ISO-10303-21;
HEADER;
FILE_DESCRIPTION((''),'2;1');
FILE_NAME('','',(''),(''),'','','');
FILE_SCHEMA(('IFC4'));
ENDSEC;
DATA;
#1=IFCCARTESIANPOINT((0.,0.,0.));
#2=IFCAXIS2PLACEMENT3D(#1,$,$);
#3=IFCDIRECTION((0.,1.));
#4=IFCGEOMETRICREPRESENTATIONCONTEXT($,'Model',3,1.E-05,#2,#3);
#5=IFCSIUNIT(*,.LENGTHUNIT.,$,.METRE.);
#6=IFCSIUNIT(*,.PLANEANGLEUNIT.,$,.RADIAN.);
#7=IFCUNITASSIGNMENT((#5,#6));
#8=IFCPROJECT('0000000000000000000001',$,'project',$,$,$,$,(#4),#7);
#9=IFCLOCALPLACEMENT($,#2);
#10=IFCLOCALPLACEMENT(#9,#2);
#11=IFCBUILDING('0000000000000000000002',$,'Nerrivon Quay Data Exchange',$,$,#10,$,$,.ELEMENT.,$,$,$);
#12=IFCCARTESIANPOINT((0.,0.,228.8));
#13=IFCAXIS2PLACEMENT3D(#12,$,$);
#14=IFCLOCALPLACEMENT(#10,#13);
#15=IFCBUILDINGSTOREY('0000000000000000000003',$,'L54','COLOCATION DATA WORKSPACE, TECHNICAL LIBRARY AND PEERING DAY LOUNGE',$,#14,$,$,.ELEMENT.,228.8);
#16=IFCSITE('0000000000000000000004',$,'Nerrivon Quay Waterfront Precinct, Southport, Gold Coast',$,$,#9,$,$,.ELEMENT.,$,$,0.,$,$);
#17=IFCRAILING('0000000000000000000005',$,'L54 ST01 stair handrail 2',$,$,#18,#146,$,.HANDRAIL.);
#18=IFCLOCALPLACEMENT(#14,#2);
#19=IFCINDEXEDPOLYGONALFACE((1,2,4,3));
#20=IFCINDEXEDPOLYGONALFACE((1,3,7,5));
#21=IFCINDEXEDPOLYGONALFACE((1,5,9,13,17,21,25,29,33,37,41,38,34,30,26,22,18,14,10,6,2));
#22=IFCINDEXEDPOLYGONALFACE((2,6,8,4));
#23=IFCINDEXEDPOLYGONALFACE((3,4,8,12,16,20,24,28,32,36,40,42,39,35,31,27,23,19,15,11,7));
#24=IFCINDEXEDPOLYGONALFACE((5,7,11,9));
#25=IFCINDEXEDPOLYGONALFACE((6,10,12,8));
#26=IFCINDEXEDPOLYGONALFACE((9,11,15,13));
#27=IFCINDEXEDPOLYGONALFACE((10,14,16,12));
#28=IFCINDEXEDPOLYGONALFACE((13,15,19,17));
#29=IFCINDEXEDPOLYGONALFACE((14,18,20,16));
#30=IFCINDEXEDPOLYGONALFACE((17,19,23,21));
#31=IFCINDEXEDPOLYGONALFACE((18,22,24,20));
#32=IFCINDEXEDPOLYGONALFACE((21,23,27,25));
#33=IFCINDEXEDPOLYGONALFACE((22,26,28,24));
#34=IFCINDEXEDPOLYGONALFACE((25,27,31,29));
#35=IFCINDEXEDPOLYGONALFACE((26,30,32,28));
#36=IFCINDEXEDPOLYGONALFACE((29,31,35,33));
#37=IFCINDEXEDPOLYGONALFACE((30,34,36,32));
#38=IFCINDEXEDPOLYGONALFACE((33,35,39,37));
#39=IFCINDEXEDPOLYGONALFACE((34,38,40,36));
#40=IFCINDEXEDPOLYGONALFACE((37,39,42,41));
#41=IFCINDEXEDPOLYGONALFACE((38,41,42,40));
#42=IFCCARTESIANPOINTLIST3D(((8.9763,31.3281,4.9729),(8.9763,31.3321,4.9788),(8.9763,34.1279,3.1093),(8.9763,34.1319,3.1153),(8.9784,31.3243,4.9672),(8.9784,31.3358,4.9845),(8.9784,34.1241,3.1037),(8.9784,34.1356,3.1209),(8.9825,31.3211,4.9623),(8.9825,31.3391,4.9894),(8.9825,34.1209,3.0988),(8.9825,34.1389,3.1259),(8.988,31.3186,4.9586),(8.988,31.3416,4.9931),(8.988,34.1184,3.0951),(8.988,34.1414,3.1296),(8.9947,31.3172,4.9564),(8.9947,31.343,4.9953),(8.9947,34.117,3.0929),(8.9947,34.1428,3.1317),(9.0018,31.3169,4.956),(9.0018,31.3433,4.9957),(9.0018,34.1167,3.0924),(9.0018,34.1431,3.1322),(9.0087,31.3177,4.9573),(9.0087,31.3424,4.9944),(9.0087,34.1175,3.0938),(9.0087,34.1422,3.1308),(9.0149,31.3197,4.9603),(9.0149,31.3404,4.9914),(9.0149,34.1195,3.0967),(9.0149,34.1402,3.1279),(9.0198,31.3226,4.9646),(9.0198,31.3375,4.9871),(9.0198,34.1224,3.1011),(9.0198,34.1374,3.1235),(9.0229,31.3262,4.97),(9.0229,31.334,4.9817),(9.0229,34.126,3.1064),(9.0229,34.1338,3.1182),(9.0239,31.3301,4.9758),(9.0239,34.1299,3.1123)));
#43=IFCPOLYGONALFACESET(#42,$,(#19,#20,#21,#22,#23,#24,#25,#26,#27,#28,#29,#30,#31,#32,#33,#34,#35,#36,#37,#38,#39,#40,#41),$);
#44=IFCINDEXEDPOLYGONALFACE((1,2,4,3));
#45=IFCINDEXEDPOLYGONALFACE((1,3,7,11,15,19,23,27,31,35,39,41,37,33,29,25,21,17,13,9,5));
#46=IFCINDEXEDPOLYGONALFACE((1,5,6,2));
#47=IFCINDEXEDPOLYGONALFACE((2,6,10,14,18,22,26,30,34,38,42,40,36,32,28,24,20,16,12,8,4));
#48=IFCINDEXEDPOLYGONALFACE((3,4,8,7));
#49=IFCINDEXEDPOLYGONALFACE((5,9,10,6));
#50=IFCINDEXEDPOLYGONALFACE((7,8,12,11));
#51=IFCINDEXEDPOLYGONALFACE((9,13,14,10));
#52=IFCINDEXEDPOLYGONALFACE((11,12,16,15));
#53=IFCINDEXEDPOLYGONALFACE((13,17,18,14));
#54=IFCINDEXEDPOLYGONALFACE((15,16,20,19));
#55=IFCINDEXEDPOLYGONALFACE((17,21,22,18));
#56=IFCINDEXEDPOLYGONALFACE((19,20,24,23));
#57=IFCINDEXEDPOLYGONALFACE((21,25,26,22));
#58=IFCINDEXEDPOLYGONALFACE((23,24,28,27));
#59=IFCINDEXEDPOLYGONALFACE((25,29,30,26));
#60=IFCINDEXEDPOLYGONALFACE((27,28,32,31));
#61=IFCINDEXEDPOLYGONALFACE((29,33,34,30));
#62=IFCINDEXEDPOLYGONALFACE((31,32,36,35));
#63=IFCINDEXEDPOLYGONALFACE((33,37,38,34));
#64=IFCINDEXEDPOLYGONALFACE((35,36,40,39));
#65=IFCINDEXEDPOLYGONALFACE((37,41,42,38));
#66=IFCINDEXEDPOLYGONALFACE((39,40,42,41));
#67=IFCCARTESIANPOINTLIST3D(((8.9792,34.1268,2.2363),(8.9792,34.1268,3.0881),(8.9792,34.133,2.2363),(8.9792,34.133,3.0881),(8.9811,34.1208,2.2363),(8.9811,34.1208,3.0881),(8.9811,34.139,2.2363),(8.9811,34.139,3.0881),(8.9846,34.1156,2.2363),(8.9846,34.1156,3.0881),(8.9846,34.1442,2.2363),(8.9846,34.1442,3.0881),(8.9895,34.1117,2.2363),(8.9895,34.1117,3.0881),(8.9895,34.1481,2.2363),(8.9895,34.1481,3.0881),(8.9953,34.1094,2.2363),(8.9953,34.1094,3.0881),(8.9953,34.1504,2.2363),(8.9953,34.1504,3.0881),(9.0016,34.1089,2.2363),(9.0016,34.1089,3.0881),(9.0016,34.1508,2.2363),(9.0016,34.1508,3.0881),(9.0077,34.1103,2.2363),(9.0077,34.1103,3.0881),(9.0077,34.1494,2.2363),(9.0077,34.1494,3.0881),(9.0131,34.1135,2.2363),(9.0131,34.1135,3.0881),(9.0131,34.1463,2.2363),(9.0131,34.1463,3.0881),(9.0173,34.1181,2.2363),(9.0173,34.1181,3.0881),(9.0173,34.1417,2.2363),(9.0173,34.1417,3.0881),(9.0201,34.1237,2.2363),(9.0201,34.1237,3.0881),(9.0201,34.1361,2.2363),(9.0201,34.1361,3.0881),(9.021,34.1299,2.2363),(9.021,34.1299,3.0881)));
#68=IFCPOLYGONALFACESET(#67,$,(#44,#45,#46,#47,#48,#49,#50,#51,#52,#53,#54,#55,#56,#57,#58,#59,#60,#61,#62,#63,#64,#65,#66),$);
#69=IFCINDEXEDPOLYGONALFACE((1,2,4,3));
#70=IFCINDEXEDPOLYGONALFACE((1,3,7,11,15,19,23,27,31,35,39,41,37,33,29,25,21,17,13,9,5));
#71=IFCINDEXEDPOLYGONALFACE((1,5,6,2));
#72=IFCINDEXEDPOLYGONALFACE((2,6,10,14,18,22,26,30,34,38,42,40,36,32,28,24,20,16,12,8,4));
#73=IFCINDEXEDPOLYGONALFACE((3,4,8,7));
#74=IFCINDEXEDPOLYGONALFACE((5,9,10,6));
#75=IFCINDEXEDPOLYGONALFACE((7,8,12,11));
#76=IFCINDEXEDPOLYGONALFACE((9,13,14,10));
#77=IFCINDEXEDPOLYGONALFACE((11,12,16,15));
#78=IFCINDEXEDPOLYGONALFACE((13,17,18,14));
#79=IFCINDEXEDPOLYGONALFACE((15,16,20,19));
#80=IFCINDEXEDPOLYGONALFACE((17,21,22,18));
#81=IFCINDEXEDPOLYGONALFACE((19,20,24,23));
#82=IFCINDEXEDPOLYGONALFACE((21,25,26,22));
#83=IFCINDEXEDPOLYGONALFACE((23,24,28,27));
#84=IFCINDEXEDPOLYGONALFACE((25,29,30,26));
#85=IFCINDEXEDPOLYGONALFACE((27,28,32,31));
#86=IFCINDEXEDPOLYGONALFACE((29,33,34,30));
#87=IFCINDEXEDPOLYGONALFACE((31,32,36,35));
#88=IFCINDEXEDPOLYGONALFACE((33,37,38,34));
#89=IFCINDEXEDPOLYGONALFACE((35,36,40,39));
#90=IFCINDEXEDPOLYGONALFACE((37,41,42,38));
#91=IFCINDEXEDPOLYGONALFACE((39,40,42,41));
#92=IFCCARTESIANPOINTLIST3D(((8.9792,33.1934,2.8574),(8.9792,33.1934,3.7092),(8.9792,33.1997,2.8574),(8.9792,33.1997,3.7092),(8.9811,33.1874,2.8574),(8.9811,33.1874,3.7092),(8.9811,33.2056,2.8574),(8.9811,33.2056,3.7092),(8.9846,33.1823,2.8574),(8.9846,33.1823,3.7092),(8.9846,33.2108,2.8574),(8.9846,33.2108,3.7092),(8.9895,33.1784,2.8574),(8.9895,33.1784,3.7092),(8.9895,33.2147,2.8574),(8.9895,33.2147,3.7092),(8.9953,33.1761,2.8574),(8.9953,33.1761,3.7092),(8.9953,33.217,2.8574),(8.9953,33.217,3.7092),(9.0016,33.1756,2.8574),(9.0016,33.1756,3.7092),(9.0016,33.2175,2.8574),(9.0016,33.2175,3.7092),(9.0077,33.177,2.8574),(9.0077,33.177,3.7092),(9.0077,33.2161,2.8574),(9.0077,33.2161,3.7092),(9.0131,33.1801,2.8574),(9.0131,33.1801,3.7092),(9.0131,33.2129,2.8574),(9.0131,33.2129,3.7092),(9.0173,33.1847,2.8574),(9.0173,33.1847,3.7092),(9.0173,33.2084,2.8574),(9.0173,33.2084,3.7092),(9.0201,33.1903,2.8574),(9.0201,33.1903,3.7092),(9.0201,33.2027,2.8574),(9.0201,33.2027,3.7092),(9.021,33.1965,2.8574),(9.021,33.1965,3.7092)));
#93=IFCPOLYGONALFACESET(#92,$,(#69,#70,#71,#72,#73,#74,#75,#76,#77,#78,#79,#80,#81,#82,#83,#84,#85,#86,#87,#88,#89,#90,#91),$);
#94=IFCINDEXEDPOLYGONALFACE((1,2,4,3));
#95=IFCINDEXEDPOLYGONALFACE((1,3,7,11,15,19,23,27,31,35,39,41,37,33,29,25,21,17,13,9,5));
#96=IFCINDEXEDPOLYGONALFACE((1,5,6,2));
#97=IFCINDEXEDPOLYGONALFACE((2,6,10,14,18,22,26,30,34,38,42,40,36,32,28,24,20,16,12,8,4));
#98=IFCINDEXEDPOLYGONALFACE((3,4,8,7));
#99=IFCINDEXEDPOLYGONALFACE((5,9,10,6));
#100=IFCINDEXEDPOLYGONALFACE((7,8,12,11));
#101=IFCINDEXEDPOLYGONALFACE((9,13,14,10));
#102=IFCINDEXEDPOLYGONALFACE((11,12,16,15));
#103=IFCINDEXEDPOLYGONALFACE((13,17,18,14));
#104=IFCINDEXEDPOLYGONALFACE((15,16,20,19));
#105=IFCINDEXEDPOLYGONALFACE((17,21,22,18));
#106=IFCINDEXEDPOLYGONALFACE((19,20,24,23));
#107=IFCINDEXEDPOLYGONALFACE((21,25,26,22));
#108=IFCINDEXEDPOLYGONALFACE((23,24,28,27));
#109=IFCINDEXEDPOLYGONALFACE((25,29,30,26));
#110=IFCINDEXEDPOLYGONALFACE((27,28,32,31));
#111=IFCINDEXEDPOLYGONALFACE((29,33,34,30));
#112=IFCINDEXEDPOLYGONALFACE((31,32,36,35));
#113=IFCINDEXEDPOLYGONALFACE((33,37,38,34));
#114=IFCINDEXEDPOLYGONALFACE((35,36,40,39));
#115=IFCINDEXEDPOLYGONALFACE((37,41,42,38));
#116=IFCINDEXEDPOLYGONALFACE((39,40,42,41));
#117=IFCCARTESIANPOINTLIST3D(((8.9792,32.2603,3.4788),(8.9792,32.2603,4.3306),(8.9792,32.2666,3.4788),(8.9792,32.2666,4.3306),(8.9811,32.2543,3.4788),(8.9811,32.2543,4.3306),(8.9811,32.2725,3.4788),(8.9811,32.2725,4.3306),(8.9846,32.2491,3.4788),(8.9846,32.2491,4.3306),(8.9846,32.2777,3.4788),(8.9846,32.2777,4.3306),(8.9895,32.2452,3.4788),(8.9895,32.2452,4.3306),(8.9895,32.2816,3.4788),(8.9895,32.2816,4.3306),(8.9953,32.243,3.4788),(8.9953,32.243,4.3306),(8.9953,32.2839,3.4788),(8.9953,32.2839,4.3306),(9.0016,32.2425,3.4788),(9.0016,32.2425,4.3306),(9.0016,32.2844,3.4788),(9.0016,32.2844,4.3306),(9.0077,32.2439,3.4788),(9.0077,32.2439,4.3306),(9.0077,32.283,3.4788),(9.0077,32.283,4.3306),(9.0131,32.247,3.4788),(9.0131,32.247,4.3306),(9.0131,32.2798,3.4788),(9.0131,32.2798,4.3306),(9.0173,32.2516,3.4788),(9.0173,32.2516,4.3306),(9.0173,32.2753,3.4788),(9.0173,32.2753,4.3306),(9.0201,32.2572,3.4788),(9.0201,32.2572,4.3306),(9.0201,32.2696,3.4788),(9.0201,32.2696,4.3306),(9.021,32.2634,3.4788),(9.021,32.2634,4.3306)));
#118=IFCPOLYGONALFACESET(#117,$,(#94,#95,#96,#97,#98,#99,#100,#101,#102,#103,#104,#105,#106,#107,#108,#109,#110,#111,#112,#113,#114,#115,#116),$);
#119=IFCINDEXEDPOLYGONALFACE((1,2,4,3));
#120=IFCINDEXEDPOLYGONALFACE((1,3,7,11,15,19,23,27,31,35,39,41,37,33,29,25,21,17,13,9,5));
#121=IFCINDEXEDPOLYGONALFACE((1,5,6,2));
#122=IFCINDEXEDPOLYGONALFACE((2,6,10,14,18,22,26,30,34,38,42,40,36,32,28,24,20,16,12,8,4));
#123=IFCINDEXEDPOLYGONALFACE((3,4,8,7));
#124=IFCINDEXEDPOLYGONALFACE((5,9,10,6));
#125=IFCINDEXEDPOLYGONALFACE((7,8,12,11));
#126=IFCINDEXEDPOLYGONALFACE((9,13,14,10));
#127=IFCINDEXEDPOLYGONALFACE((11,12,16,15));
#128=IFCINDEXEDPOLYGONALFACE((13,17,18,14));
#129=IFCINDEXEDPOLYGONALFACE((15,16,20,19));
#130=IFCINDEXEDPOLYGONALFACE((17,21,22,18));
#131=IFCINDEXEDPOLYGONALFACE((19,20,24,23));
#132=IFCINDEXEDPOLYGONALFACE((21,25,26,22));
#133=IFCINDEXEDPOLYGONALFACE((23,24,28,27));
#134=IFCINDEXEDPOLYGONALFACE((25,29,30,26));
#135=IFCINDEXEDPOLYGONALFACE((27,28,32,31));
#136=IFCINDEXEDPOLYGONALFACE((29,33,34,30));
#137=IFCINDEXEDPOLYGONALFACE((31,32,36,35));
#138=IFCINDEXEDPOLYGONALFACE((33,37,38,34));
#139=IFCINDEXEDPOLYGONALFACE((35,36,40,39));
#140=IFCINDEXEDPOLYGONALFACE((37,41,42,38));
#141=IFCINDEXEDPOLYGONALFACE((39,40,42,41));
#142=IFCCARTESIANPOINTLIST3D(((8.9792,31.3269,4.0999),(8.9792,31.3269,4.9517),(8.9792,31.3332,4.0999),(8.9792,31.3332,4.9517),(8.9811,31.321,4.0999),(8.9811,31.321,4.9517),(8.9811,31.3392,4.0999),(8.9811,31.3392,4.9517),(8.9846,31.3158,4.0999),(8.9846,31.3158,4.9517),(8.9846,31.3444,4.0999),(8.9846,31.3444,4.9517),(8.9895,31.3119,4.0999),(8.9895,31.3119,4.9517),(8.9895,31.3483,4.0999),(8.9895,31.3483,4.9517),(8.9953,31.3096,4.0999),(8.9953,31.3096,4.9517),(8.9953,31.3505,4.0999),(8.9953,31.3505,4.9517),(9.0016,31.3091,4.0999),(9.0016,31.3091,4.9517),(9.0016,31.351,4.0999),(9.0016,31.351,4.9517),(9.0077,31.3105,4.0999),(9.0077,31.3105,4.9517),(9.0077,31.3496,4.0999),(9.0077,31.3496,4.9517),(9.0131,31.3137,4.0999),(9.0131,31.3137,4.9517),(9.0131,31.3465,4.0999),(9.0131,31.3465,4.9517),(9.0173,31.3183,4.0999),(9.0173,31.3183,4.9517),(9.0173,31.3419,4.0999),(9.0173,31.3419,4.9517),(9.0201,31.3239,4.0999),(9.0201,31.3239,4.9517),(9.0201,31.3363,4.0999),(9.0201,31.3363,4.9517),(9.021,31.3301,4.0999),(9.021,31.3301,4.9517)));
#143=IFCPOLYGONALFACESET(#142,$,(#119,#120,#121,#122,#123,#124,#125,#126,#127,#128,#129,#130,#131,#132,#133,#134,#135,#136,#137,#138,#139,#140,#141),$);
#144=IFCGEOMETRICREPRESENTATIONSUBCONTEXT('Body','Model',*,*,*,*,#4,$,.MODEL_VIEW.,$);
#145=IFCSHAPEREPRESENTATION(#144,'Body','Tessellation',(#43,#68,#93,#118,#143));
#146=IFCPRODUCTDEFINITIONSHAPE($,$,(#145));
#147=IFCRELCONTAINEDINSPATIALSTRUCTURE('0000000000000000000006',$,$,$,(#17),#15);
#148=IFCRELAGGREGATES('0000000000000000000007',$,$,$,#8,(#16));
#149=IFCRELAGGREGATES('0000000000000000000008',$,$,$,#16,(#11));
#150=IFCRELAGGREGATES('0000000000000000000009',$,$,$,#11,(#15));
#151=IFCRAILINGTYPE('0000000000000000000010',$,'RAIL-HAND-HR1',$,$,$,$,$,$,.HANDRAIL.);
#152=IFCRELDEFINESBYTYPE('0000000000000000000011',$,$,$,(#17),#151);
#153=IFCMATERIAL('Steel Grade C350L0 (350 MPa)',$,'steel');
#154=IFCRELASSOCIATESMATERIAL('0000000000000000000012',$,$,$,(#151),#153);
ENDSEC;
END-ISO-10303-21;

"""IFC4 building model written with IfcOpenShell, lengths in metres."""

from ifc_helpers import new_model, si_unit, direction, frame, origin, origin_2d, place, context, subcontext, project, spatial, circle, extrude, material, type_object, element, save


model = new_model("IFC4")

# Units and contexts
model_context = context("Model", 3, precision=1e-05, world=origin(), true_north=direction((0.0, 1.0)))
body_context = subcontext(model_context, "Body", "Model", "MODEL_VIEW")
ifc_project = project(units=[si_unit("LENGTHUNIT", "METRE"), si_unit("PLANEANGLEUNIT", "RADIAN")], contexts=[model_context])

# Site, building, storey
site_placement = place(None, origin())
site = spatial("IfcSite", under=ifc_project, at=site_placement, Name="Nerrivon Quay Waterfront Precinct, Southport, Gold Coast", CompositionType="ELEMENT", RefElevation=0.0)
building_placement = place(site_placement, origin())
building = spatial("IfcBuilding", under=site, at=building_placement, Name="Nerrivon Quay Data Exchange", CompositionType="ELEMENT")
storey_placement = place(building_placement, frame((0.0, 0.0, 228.8)))
storey = spatial("IfcBuildingStorey", under=building, at=storey_placement, Name="L54", Description="COLOCATION DATA WORKSPACE, TECHNICAL LIBRARY AND PEERING DAY LOUNGE", CompositionType="ELEMENT", Elevation=228.8)

# Shared definitions
ifc_material_1 = material(Name="Steel Grade C350L0 (350 MPa)", Category="steel")

# Railing
railing_type_1 = type_object("IfcRailingType", Name="RAIL-HAND-HR1", PredefinedType="HANDRAIL", material=ifc_material_1)
railing_1_placement = place(storey_placement, frame((9.0, 34.1299, 2.2363)))
element("IfcRailing", 1, at=railing_1_placement, inside=storey, type_object=railing_type_1, Name="L54 ST01 stair handrail 2", PredefinedType="HANDRAIL", context=body_context, shape_type="SweptSolid", body=[
    extrude(circle(Radius=0.0239, at=origin_2d()), frame((0.0, 0.0, 0.876), z_axis=(0.0, -0.832463, 0.55408), x_axis=(1.0, 0.0, 0.0)), (0.0, 0.0, 1.0), 3.3633),
    extrude(circle(Radius=0.021, at=origin_2d()), origin(), (0.0, 0.0, 1.0), 0.8518),
    extrude(circle(Radius=0.021, at=origin_2d()), frame((0.0, -0.9333, 0.6211)), (0.0, 0.0, 1.0), 0.8518),
    extrude(circle(Radius=0.021, at=origin_2d()), frame((0.0, -1.8665, 1.2424)), (0.0, 0.0, 1.0), 0.8518),
    extrude(circle(Radius=0.021, at=origin_2d()), frame((0.0, -2.7998, 1.8635)), (0.0, 0.0, 1.0), 0.8518),
])

save(model, "model.ifc")
